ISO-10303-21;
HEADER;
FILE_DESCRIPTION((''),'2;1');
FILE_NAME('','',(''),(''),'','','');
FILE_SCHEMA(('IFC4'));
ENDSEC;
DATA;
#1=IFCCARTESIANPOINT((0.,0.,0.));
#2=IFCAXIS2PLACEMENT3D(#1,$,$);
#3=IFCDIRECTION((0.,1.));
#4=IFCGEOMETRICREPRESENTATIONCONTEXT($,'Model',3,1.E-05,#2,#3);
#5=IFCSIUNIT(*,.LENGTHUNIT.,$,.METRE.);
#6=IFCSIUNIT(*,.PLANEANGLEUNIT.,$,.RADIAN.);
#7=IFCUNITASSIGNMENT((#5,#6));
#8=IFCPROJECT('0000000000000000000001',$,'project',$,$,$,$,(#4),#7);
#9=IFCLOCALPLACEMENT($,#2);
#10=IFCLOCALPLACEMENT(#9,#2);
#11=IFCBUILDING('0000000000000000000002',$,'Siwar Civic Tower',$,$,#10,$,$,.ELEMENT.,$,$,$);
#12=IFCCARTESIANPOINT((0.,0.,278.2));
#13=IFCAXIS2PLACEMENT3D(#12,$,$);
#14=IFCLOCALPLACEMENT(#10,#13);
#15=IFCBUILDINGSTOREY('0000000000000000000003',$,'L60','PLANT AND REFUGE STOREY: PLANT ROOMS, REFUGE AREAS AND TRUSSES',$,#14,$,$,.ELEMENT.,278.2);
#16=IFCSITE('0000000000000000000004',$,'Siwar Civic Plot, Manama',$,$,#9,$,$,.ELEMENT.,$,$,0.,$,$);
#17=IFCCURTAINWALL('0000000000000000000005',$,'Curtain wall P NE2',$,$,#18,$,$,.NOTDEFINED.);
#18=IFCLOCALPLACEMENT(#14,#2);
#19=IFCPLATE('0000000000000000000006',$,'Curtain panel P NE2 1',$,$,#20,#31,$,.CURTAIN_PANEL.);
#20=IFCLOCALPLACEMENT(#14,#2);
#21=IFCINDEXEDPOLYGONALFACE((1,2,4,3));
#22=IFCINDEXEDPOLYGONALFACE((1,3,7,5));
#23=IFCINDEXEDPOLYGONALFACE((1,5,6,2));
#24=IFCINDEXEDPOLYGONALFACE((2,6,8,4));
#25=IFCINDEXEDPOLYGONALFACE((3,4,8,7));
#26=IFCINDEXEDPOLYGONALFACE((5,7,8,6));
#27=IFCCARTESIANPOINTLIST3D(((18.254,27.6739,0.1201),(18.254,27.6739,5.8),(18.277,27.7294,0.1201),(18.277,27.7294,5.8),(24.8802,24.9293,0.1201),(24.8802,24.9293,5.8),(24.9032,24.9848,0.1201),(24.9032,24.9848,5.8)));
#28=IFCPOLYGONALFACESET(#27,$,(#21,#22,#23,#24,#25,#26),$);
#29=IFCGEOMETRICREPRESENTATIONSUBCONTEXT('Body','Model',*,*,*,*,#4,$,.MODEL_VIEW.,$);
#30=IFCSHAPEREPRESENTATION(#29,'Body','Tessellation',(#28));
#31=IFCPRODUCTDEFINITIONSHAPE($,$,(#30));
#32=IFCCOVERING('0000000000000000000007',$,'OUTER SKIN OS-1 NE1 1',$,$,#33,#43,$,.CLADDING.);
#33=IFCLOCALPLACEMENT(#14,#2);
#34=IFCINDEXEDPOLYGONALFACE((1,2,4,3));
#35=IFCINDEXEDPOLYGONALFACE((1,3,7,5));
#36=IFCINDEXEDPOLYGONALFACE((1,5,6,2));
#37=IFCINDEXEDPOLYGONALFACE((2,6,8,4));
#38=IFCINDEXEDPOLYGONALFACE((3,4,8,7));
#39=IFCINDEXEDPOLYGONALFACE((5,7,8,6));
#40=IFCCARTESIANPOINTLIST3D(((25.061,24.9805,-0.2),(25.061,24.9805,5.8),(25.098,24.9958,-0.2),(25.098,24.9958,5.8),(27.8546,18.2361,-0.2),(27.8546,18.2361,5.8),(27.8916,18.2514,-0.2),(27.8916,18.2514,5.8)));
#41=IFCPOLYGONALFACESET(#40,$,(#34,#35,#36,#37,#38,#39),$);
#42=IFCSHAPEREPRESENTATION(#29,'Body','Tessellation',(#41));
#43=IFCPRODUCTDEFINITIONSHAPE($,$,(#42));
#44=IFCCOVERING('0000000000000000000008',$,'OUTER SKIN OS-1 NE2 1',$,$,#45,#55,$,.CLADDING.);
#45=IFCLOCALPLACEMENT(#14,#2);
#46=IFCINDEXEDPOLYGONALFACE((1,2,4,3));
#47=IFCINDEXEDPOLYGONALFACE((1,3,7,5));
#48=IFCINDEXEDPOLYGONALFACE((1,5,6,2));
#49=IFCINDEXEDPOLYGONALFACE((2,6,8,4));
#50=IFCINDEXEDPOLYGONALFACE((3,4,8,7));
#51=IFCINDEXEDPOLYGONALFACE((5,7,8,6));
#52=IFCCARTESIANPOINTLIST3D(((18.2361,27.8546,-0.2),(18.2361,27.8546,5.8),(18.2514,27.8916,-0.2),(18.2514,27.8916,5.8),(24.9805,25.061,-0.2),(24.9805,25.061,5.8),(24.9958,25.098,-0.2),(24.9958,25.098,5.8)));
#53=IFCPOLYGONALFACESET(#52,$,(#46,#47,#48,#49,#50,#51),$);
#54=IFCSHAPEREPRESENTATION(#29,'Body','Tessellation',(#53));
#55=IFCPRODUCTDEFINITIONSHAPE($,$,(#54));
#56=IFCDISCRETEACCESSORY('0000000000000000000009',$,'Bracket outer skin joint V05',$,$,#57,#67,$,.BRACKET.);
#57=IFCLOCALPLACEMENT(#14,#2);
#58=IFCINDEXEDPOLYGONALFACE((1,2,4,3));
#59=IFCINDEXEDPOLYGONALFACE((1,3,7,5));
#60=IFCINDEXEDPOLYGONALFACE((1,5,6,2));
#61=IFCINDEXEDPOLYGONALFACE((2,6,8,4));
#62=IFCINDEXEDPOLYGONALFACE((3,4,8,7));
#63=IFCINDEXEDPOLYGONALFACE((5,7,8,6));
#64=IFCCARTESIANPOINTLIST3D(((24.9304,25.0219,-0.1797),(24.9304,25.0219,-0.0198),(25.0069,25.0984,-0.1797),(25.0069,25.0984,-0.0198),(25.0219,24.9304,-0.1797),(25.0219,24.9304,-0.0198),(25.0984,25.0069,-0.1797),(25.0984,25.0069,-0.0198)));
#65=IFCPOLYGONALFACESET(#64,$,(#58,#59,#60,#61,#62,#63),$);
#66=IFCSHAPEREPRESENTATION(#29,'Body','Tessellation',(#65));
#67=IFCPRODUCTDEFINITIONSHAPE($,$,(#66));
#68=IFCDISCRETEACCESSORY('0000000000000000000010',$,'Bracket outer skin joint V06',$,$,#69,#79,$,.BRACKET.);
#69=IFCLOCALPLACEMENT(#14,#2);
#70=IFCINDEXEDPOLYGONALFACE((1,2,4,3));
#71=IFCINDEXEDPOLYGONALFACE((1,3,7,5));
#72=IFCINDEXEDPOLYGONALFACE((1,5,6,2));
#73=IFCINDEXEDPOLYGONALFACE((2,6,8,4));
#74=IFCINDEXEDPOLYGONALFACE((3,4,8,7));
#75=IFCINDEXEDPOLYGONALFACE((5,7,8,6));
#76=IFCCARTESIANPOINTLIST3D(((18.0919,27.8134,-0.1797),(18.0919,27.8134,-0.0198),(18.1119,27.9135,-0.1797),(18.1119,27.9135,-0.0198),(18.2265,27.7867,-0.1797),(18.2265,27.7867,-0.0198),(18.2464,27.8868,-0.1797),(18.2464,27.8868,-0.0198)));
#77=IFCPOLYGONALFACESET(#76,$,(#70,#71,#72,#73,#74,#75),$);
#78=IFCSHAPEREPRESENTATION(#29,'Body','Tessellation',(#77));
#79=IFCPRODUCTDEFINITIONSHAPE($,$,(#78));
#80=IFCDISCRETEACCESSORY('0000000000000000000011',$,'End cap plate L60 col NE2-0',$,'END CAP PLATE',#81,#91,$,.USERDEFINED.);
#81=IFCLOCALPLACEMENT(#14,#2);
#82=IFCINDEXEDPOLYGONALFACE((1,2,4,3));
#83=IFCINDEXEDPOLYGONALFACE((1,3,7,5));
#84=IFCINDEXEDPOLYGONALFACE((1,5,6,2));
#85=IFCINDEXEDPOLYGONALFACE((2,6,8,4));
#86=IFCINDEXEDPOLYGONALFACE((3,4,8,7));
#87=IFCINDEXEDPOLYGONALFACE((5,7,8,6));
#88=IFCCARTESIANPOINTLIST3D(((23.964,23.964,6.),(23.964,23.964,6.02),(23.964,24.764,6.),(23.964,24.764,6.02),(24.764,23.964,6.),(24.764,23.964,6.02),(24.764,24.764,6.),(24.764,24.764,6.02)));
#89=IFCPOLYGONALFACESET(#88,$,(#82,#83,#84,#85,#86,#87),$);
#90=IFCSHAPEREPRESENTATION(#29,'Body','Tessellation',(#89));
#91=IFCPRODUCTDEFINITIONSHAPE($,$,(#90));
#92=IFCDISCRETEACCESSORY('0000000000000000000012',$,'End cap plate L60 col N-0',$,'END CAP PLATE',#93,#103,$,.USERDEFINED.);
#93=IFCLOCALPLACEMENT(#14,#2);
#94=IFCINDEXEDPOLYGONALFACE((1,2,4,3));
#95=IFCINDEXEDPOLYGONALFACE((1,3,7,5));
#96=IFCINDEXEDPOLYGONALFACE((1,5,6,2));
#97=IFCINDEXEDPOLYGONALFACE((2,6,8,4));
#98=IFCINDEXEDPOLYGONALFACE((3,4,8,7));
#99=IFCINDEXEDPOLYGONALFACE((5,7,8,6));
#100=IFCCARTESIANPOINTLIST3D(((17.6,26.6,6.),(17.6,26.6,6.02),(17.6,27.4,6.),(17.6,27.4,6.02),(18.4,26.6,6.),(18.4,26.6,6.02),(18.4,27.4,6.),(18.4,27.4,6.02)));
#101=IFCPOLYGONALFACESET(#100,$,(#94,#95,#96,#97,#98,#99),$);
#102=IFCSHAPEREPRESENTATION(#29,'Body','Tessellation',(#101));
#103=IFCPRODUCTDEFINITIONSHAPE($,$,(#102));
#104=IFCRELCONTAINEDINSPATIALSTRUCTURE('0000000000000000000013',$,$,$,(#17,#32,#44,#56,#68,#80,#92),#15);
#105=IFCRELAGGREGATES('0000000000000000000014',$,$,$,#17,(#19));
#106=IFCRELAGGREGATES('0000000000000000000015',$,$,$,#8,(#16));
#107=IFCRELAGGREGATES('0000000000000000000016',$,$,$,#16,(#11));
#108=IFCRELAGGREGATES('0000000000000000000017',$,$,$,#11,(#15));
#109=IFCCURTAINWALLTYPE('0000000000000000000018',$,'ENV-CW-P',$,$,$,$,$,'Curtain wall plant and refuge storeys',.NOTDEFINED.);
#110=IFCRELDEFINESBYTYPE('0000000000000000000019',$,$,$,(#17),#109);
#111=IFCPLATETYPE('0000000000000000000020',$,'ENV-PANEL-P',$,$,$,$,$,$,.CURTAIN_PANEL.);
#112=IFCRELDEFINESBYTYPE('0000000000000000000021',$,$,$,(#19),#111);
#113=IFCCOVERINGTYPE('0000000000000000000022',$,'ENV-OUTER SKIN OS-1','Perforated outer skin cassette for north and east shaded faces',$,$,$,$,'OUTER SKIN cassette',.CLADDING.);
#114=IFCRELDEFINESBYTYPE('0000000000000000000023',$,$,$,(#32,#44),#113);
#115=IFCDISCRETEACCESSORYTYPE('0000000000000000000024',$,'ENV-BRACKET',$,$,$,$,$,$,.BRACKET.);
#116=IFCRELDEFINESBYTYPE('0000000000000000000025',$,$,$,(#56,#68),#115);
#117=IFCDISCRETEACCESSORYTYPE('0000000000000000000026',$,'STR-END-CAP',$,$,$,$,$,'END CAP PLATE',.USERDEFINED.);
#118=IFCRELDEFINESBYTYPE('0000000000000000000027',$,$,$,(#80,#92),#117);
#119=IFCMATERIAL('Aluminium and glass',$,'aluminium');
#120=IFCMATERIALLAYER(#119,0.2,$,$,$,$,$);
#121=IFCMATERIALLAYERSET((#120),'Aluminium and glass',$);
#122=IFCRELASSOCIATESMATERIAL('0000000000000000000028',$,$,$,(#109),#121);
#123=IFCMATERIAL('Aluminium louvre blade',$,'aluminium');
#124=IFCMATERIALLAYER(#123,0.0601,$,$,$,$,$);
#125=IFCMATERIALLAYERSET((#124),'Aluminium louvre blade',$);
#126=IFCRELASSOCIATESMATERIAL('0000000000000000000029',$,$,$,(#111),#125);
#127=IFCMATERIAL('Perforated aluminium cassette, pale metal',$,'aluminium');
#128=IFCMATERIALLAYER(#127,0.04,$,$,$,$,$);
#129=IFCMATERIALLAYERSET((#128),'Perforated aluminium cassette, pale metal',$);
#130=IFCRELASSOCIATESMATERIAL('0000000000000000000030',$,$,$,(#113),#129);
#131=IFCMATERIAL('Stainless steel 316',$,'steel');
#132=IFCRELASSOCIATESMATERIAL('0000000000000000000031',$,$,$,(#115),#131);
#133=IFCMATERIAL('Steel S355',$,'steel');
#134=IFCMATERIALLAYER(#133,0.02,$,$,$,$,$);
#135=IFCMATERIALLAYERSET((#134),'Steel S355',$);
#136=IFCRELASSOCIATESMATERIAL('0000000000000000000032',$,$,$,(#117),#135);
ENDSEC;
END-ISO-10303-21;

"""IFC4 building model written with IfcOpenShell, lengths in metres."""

from ifc_helpers import new_model, si_unit, direction, frame, origin, origin_2d, place, context, subcontext, project, spatial, rectangle, extrude, material, layer, layer_set, type_object, element, aggregate, save


model = new_model("IFC4")

# Units and contexts
model_context = context("Model", 3, precision=1e-05, world=origin(), true_north=direction((0.0, 1.0)))
body_context = subcontext(model_context, "Body", "Model", "MODEL_VIEW")
ifc_project = project(units=[si_unit("LENGTHUNIT", "METRE"), si_unit("PLANEANGLEUNIT", "RADIAN")], contexts=[model_context])

# Site, building, storey
site_placement = place(None, origin())
site = spatial("IfcSite", under=ifc_project, at=site_placement, Name="Siwar Civic Plot, Manama", CompositionType="ELEMENT", RefElevation=0.0)
building_placement = place(site_placement, origin())
building = spatial("IfcBuilding", under=site, at=building_placement, Name="Siwar Civic Tower", CompositionType="ELEMENT")
storey_placement = place(building_placement, frame((0.0, 0.0, 278.2)))
storey = spatial("IfcBuildingStorey", under=building, at=storey_placement, Name="L60", Description="PLANT AND REFUGE STOREY: PLANT ROOMS, REFUGE AREAS AND TRUSSES", CompositionType="ELEMENT", Elevation=278.2)

# Curtain wall
ifc_material_1 = material(Name="Aluminium and glass", Category="aluminium")
ifc_layer_1 = layer(ifc_material_1, 0.2)
ifc_layer_set_1 = layer_set([ifc_layer_1], Name="Aluminium and glass")
curtain_wall_type = type_object("IfcCurtainWallType", Name="ENV-CW-P", ElementType="Curtain wall plant and refuge storeys", PredefinedType="NOTDEFINED", material=ifc_layer_set_1)
curtain_wall_1_placement = place(storey_placement, origin())
curtain_wall_1 = element("IfcCurtainWall", 1, at=curtain_wall_1_placement, inside=storey, type_object=curtain_wall_type, Name="Curtain wall P NE2", PredefinedType="NOTDEFINED")

# Shared definitions
ifc_material_2 = material(Name="Aluminium louvre blade", Category="aluminium")
ifc_layer_2 = layer(ifc_material_2, 0.0601)
ifc_layer_set_2 = layer_set([ifc_layer_2], Name="Aluminium louvre blade")
plate_type = type_object("IfcPlateType", Name="ENV-PANEL-P", PredefinedType="CURTAIN_PANEL", material=ifc_layer_set_2)

# Plate
plate_1_placement = place(storey_placement, frame((21.5786, 26.3293, 0.1201), z_axis=(0.0, 0.0, 1.0), x_axis=(-0.92388, 0.382683, 0.0)))
plate_1 = element("IfcPlate", 2, at=plate_1_placement, type_object=plate_type, Name="Curtain panel P NE2 1", PredefinedType="CURTAIN_PANEL", context=body_context, shape_type="SweptSolid", body=[
    extrude(rectangle(XDim=7.1721, YDim=0.0601, at=origin_2d()), origin(), (0.0, 0.0, 1.0), 5.6799),
])
aggregate(curtain_wall_1, [plate_1])

# Coverings
ifc_material_3 = material(Name="Perforated aluminium cassette, pale metal", Category="aluminium")
ifc_layer_3 = layer(ifc_material_3, 0.04)
ifc_layer_set_3 = layer_set([ifc_layer_3], Name="Perforated aluminium cassette, pale metal")
covering_type = type_object("IfcCoveringType", Name="ENV-OUTER SKIN OS-1", Description="Perforated outer skin cassette for north and east shaded faces", ElementType="OUTER SKIN cassette", PredefinedType="CLADDING", material=ifc_layer_set_3)
for number, where, z_axis, x_axis, name in (
    (3, (26.4763, 21.616, -0.2), (0.0, 0.0, 1.0), (-0.382683, 0.92388, 0.0), "OUTER SKIN OS-1 NE1 1"),
    (4, (21.616, 26.4763, -0.2), (0.0, 0.0, 1.0), (-0.92388, 0.382683, 0.0), "OUTER SKIN OS-1 NE2 1"),
):
    element("IfcCovering", number, at=place(storey_placement, frame(where, z_axis=z_axis, x_axis=x_axis)), inside=storey, type_object=covering_type, Name=name, PredefinedType="CLADDING", context=body_context, shape_type="SweptSolid", body=[
        extrude(rectangle(XDim=7.3, YDim=0.04, at=origin_2d()), origin(), (0.0, 0.0, 1.0), 6.0),
    ])

# Discrete accessories
ifc_material_4 = material(Name="Stainless steel 316", Category="steel")
discrete_accessory_type_1 = type_object("IfcDiscreteAccessoryType", Name="ENV-BRACKET", PredefinedType="BRACKET", material=ifc_material_4)
discrete_accessory_1_placement = place(storey_placement, frame((25.0144, 25.0144, -0.1797), z_axis=(0.0, 0.0, 1.0), x_axis=(0.707107, 0.707107, 0.0)))
element("IfcDiscreteAccessory", 5, at=discrete_accessory_1_placement, inside=storey, type_object=discrete_accessory_type_1, Name="Bracket outer skin joint V05", PredefinedType="BRACKET", context=body_context, shape_type="SweptSolid", body=[
    extrude(rectangle(XDim=0.1082, YDim=0.1294, at=origin_2d()), origin(), (0.0, 0.0, 1.0), 0.1599),
])
discrete_accessory_2_placement = place(storey_placement, frame((18.1692, 27.8501, -0.1797), z_axis=(0.0, 0.0, 1.0), x_axis=(0.19509, 0.980785, 0.0)))
element("IfcDiscreteAccessory", 6, at=discrete_accessory_2_placement, inside=storey, type_object=discrete_accessory_type_1, Name="Bracket outer skin joint V06", PredefinedType="BRACKET", context=body_context, shape_type="SweptSolid", body=[
    extrude(rectangle(XDim=0.1021, YDim=0.1372, at=origin_2d()), origin(), (0.0, 0.0, 1.0), 0.1599),
])
ifc_material_5 = material(Name="Steel S355", Category="steel")
ifc_layer_4 = layer(ifc_material_5, 0.02)
ifc_layer_set_4 = layer_set([ifc_layer_4], Name="Steel S355")
discrete_accessory_type_2 = type_object("IfcDiscreteAccessoryType", Name="STR-END-CAP", ElementType="END CAP PLATE", PredefinedType="USERDEFINED", material=ifc_layer_set_4)
for number, where, z_axis, x_axis, name in (
    (7, (24.364, 24.364, 6.0), (0.0, 0.0, 1.0), (1.0, 0.0, 0.0), "End cap plate L60 col NE2-0"),
    (8, (18.0, 27.0, 6.0), (0.0, 0.0, 1.0), (1.0, 0.0, 0.0), "End cap plate L60 col N-0"),
):
    element("IfcDiscreteAccessory", number, at=place(storey_placement, frame(where, z_axis=z_axis, x_axis=x_axis)), inside=storey, type_object=discrete_accessory_type_2, Name=name, ObjectType="END CAP PLATE", PredefinedType="USERDEFINED", context=body_context, shape_type="SweptSolid", body=[
        extrude(rectangle(XDim=0.8, YDim=0.8, at=origin_2d()), origin(), (0.0, 0.0, 1.0), 0.02),
    ])

save(model, "model.ifc")
